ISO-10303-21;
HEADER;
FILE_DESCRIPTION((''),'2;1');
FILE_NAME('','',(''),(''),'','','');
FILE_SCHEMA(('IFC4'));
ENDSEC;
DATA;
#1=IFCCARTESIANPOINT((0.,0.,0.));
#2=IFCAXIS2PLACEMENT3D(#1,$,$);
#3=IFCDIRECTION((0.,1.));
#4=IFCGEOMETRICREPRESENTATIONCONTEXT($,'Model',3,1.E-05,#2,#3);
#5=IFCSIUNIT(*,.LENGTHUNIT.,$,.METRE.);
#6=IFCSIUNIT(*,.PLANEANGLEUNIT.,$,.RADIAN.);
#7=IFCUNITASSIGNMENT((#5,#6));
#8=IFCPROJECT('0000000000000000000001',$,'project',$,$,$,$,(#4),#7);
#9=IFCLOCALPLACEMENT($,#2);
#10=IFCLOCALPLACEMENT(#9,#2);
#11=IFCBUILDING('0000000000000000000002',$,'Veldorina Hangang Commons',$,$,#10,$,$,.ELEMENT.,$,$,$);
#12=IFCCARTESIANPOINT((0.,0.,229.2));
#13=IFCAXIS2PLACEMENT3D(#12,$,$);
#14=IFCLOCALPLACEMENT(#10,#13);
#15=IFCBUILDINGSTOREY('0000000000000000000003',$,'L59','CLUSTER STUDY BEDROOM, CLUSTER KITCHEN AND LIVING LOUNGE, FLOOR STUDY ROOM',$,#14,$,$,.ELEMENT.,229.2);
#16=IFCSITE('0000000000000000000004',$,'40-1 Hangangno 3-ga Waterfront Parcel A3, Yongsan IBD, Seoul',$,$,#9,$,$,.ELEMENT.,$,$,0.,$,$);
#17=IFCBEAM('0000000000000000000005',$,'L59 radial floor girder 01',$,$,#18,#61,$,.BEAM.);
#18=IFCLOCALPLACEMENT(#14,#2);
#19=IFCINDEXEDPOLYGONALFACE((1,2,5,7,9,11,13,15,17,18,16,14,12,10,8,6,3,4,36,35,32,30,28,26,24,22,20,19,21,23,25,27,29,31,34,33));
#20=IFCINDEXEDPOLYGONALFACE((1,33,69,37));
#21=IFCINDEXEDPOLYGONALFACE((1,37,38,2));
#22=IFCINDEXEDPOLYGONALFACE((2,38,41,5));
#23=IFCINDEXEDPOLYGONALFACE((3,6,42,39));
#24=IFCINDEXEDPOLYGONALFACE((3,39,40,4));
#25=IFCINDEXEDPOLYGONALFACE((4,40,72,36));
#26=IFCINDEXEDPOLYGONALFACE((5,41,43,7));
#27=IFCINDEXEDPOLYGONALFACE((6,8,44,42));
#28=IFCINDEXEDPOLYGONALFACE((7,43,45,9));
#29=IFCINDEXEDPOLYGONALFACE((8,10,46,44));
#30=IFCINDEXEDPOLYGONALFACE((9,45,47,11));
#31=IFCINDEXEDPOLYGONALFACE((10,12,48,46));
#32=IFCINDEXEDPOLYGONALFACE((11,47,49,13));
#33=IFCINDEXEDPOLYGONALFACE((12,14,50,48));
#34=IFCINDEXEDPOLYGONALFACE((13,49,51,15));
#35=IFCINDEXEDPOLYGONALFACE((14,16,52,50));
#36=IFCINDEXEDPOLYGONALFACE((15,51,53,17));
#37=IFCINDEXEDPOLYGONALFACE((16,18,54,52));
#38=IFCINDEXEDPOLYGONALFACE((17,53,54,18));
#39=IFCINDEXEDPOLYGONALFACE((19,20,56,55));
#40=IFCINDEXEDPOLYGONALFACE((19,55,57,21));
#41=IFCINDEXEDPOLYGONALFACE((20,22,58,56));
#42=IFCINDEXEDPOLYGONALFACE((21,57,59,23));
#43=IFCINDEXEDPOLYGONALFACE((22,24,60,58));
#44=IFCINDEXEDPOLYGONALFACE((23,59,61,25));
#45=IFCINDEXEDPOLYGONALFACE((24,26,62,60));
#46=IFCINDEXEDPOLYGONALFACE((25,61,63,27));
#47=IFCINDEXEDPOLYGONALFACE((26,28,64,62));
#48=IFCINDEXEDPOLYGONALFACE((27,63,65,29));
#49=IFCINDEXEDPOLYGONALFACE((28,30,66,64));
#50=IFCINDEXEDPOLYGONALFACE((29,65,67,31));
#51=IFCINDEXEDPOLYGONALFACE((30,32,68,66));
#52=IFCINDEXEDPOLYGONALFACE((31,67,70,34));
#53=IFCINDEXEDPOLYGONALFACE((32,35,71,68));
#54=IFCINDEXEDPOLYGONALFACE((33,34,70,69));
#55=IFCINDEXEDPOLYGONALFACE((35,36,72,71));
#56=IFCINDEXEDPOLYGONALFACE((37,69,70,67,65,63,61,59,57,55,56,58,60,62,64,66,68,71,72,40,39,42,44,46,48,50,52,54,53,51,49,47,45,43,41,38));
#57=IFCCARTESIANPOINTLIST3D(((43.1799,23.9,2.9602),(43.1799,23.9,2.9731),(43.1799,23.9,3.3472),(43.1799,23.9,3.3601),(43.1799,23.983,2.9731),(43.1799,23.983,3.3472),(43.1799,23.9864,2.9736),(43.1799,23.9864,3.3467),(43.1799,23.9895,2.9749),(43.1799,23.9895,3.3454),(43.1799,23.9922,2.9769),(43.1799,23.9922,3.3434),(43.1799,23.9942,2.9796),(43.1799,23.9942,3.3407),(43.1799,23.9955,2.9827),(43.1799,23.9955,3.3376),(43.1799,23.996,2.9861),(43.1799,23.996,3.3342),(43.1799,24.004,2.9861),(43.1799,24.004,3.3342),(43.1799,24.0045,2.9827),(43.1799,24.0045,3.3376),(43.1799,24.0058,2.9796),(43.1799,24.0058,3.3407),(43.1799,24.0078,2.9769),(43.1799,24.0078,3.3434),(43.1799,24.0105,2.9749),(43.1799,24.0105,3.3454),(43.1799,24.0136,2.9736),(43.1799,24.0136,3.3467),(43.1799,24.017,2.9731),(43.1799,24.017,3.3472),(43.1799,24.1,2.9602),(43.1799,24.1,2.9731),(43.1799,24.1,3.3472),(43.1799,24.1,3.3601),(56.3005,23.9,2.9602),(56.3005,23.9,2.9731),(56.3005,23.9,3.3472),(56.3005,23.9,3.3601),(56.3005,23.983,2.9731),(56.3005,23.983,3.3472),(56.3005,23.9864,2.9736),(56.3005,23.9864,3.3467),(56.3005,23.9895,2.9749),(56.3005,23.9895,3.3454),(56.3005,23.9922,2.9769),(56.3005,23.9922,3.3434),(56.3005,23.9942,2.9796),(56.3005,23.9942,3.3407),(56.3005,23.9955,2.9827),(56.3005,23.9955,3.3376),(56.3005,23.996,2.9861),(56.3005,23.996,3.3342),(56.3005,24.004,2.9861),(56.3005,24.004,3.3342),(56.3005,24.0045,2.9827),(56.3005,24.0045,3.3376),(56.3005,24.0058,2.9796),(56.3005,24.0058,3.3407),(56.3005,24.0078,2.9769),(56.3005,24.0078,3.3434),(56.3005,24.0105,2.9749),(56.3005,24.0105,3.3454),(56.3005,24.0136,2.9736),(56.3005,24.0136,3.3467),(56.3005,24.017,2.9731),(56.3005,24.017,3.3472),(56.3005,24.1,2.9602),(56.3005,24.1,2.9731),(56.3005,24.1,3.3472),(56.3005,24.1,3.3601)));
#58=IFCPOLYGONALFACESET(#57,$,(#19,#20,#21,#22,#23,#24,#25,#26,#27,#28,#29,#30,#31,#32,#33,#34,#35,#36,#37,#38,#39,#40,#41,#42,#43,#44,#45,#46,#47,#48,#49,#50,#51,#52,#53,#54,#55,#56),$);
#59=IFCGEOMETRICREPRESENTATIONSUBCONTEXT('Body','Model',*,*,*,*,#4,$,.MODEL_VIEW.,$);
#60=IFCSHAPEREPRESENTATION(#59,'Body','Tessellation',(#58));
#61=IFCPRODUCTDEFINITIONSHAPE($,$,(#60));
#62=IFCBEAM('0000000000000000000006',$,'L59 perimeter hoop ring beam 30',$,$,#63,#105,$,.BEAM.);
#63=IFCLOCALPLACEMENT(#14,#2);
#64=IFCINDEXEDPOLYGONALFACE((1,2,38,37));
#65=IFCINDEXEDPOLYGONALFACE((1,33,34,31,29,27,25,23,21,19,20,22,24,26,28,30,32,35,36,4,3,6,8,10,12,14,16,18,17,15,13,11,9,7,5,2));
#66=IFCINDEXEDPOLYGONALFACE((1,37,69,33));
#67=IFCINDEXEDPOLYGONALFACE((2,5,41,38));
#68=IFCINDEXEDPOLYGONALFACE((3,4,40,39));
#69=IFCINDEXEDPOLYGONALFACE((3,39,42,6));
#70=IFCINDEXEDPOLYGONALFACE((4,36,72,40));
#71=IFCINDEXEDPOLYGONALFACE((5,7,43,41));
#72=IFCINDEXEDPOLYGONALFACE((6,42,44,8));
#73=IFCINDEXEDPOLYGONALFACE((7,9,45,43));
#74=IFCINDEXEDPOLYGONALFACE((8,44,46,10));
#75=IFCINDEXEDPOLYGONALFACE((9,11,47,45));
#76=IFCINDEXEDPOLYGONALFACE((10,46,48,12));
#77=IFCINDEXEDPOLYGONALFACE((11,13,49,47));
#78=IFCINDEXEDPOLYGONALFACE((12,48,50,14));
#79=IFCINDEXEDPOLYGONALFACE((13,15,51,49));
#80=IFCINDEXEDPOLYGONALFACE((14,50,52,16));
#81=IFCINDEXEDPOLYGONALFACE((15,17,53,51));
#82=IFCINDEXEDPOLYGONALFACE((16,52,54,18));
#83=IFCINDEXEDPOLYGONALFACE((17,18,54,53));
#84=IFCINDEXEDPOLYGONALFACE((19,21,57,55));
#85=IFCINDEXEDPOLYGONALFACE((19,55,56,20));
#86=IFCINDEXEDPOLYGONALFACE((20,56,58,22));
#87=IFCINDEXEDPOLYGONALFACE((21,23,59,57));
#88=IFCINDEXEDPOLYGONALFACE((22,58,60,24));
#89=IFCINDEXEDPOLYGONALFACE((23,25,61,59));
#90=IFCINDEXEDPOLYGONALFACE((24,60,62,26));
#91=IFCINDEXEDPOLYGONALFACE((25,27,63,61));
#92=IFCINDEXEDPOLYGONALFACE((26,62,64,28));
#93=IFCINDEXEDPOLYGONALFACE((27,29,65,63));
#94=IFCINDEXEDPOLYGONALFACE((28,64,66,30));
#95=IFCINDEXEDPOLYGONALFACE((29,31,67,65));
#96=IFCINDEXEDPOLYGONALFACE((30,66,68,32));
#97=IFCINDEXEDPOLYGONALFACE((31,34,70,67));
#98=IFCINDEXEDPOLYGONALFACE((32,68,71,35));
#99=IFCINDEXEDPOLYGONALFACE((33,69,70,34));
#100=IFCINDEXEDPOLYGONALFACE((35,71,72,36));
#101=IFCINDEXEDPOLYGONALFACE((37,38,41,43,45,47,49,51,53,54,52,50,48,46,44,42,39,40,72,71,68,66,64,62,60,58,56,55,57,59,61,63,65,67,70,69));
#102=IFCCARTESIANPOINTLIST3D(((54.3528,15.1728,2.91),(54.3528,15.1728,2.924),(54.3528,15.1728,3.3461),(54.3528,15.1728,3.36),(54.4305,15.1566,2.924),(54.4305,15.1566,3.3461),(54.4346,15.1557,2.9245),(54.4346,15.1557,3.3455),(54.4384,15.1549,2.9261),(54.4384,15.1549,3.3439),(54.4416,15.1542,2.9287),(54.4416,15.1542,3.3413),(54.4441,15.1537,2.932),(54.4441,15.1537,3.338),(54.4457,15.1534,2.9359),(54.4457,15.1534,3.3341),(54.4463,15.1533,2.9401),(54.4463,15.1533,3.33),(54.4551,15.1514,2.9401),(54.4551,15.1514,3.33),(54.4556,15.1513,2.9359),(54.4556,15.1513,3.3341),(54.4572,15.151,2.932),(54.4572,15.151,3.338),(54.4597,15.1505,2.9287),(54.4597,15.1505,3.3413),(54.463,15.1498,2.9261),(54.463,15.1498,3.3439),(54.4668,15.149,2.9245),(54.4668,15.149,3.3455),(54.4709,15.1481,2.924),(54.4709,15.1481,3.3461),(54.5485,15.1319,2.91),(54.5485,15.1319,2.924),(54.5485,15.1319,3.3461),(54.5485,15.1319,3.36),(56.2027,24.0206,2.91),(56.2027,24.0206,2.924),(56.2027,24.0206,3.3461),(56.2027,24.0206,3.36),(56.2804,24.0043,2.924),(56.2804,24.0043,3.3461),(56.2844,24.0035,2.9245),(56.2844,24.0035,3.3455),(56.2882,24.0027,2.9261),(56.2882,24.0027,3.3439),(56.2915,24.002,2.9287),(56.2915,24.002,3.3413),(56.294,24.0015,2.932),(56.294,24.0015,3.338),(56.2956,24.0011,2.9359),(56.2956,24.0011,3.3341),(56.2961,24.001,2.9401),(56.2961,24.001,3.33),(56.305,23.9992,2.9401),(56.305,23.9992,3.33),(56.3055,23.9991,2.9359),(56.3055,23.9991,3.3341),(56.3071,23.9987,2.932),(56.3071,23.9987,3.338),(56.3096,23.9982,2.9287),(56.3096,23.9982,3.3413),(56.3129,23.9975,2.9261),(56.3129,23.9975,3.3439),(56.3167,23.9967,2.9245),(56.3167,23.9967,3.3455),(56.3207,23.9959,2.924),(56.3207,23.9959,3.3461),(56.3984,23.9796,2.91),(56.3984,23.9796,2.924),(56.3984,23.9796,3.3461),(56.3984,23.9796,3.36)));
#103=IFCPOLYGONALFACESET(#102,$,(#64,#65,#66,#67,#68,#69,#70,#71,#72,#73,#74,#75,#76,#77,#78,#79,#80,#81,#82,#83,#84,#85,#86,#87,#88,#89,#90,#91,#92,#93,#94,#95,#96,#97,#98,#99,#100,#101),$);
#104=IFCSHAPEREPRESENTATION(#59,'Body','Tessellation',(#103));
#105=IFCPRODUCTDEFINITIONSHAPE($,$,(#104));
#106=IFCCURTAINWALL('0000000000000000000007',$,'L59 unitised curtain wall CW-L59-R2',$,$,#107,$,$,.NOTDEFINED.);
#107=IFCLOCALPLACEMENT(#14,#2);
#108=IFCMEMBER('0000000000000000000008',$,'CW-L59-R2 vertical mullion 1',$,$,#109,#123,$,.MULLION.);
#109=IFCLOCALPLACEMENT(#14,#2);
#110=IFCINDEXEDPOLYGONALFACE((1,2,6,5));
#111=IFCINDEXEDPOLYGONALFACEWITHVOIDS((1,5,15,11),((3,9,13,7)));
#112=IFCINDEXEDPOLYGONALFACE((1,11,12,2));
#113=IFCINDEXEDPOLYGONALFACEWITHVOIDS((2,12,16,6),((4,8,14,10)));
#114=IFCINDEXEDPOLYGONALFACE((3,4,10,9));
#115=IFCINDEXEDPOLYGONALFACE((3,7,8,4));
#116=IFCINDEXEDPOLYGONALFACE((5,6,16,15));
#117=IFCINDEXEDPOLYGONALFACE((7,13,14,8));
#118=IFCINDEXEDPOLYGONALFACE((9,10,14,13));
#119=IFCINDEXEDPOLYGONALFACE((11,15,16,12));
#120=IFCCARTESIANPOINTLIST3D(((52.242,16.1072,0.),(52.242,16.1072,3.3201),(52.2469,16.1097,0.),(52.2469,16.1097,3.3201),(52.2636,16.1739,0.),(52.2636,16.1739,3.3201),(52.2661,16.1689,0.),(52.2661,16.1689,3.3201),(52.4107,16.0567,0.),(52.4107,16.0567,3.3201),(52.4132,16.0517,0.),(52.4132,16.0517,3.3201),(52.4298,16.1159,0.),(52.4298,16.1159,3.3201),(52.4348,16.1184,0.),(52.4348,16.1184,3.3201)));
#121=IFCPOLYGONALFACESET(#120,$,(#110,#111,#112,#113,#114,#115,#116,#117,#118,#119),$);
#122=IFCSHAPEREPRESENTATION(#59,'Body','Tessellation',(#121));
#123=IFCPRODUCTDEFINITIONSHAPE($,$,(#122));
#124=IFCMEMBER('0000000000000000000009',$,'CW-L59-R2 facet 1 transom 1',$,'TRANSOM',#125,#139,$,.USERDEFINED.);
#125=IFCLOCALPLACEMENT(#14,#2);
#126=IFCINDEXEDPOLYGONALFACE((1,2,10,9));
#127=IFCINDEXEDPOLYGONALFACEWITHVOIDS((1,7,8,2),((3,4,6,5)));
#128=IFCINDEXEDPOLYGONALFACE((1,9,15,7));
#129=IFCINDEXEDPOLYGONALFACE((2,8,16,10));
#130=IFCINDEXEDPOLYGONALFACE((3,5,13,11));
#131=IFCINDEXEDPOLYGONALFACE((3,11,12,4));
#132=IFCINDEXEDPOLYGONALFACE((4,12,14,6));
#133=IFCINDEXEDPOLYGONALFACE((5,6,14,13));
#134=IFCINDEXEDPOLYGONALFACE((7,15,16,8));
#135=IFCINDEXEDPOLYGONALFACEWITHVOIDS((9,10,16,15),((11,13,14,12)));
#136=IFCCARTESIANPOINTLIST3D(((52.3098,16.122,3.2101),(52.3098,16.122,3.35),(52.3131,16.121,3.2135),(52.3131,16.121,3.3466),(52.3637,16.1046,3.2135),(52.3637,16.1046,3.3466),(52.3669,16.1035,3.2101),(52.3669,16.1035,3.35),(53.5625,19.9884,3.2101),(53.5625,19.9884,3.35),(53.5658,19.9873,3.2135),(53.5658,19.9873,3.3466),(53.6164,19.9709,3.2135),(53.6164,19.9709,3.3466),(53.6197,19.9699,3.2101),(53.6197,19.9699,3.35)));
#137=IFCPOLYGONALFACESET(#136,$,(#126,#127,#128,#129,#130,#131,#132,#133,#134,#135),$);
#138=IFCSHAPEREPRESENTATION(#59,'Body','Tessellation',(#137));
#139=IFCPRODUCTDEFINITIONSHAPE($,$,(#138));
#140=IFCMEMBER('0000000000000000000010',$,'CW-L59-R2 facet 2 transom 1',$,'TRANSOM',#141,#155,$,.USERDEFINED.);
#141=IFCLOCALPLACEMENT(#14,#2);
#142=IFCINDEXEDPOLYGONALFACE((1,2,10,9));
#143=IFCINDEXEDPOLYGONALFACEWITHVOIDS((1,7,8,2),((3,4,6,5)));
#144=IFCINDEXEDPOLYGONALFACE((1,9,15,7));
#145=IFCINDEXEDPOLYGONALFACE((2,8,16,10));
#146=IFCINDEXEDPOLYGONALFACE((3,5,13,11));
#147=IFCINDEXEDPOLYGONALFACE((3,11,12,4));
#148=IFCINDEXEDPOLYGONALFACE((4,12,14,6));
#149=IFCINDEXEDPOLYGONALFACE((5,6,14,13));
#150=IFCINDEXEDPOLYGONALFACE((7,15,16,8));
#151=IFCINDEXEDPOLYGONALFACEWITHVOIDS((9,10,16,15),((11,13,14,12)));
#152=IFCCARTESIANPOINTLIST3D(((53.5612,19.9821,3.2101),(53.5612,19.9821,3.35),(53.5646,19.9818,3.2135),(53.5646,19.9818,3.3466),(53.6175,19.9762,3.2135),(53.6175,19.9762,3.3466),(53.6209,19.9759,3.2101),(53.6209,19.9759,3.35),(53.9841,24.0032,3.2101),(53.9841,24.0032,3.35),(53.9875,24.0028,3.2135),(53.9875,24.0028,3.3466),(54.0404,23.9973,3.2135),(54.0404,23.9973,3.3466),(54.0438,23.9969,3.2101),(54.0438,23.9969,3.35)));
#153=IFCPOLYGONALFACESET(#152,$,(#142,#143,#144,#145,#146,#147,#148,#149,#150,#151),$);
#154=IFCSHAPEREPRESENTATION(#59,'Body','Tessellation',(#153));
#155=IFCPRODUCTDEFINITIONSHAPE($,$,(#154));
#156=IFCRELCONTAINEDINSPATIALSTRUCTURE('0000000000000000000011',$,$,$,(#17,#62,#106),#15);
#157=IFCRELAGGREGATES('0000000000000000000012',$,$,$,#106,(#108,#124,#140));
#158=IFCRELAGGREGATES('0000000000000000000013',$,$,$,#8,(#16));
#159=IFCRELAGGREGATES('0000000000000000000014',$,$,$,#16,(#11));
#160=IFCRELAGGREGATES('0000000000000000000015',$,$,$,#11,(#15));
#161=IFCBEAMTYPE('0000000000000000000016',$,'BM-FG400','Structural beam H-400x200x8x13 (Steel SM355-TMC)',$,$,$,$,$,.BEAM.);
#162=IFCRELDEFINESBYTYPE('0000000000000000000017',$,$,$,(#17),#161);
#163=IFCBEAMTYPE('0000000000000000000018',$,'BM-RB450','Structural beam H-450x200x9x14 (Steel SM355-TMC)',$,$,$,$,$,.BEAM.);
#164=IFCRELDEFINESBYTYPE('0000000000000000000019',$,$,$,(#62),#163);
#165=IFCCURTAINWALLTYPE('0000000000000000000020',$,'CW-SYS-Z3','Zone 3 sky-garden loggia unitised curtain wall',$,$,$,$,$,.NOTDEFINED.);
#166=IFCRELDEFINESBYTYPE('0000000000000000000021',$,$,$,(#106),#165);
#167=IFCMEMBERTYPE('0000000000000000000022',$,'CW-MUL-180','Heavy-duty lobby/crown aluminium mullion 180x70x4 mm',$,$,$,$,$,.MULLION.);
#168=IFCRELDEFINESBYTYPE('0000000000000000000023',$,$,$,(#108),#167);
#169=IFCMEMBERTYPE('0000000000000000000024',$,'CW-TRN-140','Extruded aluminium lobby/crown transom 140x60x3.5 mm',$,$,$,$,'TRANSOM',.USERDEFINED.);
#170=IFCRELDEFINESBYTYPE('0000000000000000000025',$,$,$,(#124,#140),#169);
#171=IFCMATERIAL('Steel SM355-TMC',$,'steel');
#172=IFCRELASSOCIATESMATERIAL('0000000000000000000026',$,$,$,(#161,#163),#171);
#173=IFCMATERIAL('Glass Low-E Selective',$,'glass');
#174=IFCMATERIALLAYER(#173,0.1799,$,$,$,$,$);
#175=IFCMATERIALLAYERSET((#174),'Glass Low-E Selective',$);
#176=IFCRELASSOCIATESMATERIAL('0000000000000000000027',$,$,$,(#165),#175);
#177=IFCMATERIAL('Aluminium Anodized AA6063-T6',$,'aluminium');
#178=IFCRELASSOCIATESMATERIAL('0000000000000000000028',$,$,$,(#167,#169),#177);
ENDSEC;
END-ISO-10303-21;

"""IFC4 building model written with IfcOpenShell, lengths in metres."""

from ifc_helpers import new_model, si_unit, direction, frame, origin, origin_2d, place, context, subcontext, project, spatial, hollow_rectangle, i_section, extrude, material, layer, layer_set, material_profile, profile_set, type_object, element, aggregate, save


model = new_model("IFC4")

# Units and contexts
model_context = context("Model", 3, precision=1e-05, world=origin(), true_north=direction((0.0, 1.0)))
body_context = subcontext(model_context, "Body", "Model", "MODEL_VIEW")
ifc_project = project(units=[si_unit("LENGTHUNIT", "METRE"), si_unit("PLANEANGLEUNIT", "RADIAN")], contexts=[model_context])

# Site, building, storey
site_placement = place(None, origin())
site = spatial("IfcSite", under=ifc_project, at=site_placement, Name="40-1 Hangangno 3-ga Waterfront Parcel A3, Yongsan IBD, Seoul", CompositionType="ELEMENT", RefElevation=0.0)
building_placement = place(site_placement, origin())
building = spatial("IfcBuilding", under=site, at=building_placement, Name="Veldorina Hangang Commons", CompositionType="ELEMENT")
storey_placement = place(building_placement, frame((0.0, 0.0, 229.2)))
storey = spatial("IfcBuildingStorey", under=building, at=storey_placement, Name="L59", Description="CLUSTER STUDY BEDROOM, CLUSTER KITCHEN AND LIVING LOUNGE, FLOOR STUDY ROOM", CompositionType="ELEMENT", Elevation=229.2)

# Beams
ifc_material_1 = material(Name="Steel SM355-TMC", Category="steel")
ifc_material_profile_1 = material_profile(ifc_material_1, i_section(OverallWidth=0.2, OverallDepth=0.3999, WebThickness=0.0081, FlangeThickness=0.0129, FilletRadius=0.0129, at=origin_2d()), Name="H-400x200x8x13")
ifc_profile_set_1 = profile_set([ifc_material_profile_1], Name="Steel SM355-TMC")
beam_type_1 = type_object("IfcBeamType", Name="BM-FG400", Description="Structural beam H-400x200x8x13 (Steel SM355-TMC)", PredefinedType="BEAM", material=ifc_profile_set_1)
beam_1_placement = place(storey_placement, frame((43.1799, 24.0, 3.1602), z_axis=(1.0, 0.0, 0.0), x_axis=(0.0, 1.0, 0.0)))
element("IfcBeam", 1, at=beam_1_placement, inside=storey, type_object=beam_type_1, Name="L59 radial floor girder 01", PredefinedType="BEAM", context=body_context, shape_type="SweptSolid", body=[
    extrude(i_section(OverallWidth=0.2, OverallDepth=0.3999, WebThickness=0.0081, FlangeThickness=0.0129, FilletRadius=0.0129, at=origin_2d()), origin(), (0.0, 0.0, 1.0), 13.1206),
])
ifc_material_profile_2 = material_profile(ifc_material_1, i_section(OverallWidth=0.2, OverallDepth=0.45, WebThickness=0.009, FlangeThickness=0.0139, FilletRadius=0.0161, at=origin_2d()), Name="H-450x200x9x14")
ifc_profile_set_2 = profile_set([ifc_material_profile_2], Name="Steel SM355-TMC")
beam_type_2 = type_object("IfcBeamType", Name="BM-RB450", Description="Structural beam H-450x200x9x14 (Steel SM355-TMC)", PredefinedType="BEAM", material=ifc_profile_set_2)
beam_2_placement = place(storey_placement, frame((54.4507, 15.1523, 3.135), z_axis=(0.204653, 0.978835, 0.0), x_axis=(-0.978835, 0.204653, 0.0)))
element("IfcBeam", 2, at=beam_2_placement, inside=storey, type_object=beam_type_2, Name="L59 perimeter hoop ring beam 30", PredefinedType="BEAM", context=body_context, shape_type="SweptSolid", body=[
    extrude(i_section(OverallWidth=0.2, OverallDepth=0.45, WebThickness=0.009, FlangeThickness=0.0139, FilletRadius=0.0161, at=origin_2d()), origin(), (0.0, 0.0, 1.0), 9.0391),
])

# Curtain wall, members
ifc_material_2 = material(Name="Glass Low-E Selective", Category="glass")
ifc_layer_1 = layer(ifc_material_2, 0.1799)
ifc_layer_set_1 = layer_set([ifc_layer_1], Name="Glass Low-E Selective")
curtain_wall_type = type_object("IfcCurtainWallType", Name="CW-SYS-Z3", Description="Zone 3 sky-garden loggia unitised curtain wall", PredefinedType="NOTDEFINED", material=ifc_layer_set_1)
curtain_wall_placement = place(storey_placement, origin())
curtain_wall = element("IfcCurtainWall", 3, at=curtain_wall_placement, inside=storey, type_object=curtain_wall_type, Name="L59 unitised curtain wall CW-L59-R2", PredefinedType="NOTDEFINED")
ifc_material_3 = material(Name="Aluminium Anodized AA6063-T6", Category="aluminium")
ifc_material_profile_3 = material_profile(ifc_material_3, hollow_rectangle(XDim=0.0701, YDim=0.1799, WallThickness=0.0039, at=origin_2d()), Name="ALU-RHS-180x70x4")
ifc_profile_set_3 = profile_set([ifc_material_profile_3], Name="Aluminium Anodized AA6063-T6")
member_type_1 = type_object("IfcMemberType", Name="CW-MUL-180", Description="Heavy-duty lobby/crown aluminium mullion 180x70x4 mm", PredefinedType="MULLION", material=ifc_profile_set_3)
member_1_placement = place(storey_placement, frame((52.3384, 16.1128, 0.0), z_axis=(0.0, 0.0, 1.0), x_axis=(0.308237, 0.95131, 0.0)))
member_1 = element("IfcMember", 4, at=member_1_placement, type_object=member_type_1, Name="CW-L59-R2 vertical mullion 1", PredefinedType="MULLION", context=body_context, shape_type="SweptSolid", body=[
    extrude(hollow_rectangle(XDim=0.0701, YDim=0.1799, WallThickness=0.0039, at=origin_2d()), origin(), (0.0, 0.0, 1.0), 3.3201),
])
ifc_material_profile_4 = material_profile(ifc_material_3, hollow_rectangle(XDim=0.0601, YDim=0.1399, WallThickness=0.0034, at=origin_2d()), Name="ALU-RHS-140x60x3.5")
ifc_profile_set_4 = profile_set([ifc_material_profile_4], Name="Aluminium Anodized AA6063-T6")
member_type_2 = type_object("IfcMemberType", Name="CW-TRN-140", Description="Extruded aluminium lobby/crown transom 140x60x3.5 mm", ElementType="TRANSOM", PredefinedType="USERDEFINED", material=ifc_profile_set_4)
member_2_placement = place(storey_placement, frame((52.3384, 16.1128, 3.28), z_axis=(0.308233, 0.951311, 0.0), x_axis=(-0.951311, 0.308233, 0.0)))
member_2 = element("IfcMember", 5, at=member_2_placement, type_object=member_type_2, Name="CW-L59-R2 facet 1 transom 1", ObjectType="TRANSOM", PredefinedType="USERDEFINED", context=body_context, shape_type="SweptSolid", body=[
    extrude(hollow_rectangle(XDim=0.0601, YDim=0.1399, WallThickness=0.0034, at=origin_2d()), origin(), (0.0, 0.0, 1.0), 4.0642),
])
member_3_placement = place(storey_placement, frame((53.5911, 19.979, 3.28), z_axis=(0.104584, 0.994516, 0.0), x_axis=(-0.994516, 0.104584, 0.0)))
member_3 = element("IfcMember", 6, at=member_3_placement, type_object=member_type_2, Name="CW-L59-R2 facet 2 transom 1", ObjectType="TRANSOM", PredefinedType="USERDEFINED", context=body_context, shape_type="SweptSolid", body=[
    extrude(hollow_rectangle(XDim=0.0601, YDim=0.1399, WallThickness=0.0034, at=origin_2d()), origin(), (0.0, 0.0, 1.0), 4.0432),
])

aggregate(curtain_wall, [member_1, member_2, member_3])

save(model, "model.ifc")
